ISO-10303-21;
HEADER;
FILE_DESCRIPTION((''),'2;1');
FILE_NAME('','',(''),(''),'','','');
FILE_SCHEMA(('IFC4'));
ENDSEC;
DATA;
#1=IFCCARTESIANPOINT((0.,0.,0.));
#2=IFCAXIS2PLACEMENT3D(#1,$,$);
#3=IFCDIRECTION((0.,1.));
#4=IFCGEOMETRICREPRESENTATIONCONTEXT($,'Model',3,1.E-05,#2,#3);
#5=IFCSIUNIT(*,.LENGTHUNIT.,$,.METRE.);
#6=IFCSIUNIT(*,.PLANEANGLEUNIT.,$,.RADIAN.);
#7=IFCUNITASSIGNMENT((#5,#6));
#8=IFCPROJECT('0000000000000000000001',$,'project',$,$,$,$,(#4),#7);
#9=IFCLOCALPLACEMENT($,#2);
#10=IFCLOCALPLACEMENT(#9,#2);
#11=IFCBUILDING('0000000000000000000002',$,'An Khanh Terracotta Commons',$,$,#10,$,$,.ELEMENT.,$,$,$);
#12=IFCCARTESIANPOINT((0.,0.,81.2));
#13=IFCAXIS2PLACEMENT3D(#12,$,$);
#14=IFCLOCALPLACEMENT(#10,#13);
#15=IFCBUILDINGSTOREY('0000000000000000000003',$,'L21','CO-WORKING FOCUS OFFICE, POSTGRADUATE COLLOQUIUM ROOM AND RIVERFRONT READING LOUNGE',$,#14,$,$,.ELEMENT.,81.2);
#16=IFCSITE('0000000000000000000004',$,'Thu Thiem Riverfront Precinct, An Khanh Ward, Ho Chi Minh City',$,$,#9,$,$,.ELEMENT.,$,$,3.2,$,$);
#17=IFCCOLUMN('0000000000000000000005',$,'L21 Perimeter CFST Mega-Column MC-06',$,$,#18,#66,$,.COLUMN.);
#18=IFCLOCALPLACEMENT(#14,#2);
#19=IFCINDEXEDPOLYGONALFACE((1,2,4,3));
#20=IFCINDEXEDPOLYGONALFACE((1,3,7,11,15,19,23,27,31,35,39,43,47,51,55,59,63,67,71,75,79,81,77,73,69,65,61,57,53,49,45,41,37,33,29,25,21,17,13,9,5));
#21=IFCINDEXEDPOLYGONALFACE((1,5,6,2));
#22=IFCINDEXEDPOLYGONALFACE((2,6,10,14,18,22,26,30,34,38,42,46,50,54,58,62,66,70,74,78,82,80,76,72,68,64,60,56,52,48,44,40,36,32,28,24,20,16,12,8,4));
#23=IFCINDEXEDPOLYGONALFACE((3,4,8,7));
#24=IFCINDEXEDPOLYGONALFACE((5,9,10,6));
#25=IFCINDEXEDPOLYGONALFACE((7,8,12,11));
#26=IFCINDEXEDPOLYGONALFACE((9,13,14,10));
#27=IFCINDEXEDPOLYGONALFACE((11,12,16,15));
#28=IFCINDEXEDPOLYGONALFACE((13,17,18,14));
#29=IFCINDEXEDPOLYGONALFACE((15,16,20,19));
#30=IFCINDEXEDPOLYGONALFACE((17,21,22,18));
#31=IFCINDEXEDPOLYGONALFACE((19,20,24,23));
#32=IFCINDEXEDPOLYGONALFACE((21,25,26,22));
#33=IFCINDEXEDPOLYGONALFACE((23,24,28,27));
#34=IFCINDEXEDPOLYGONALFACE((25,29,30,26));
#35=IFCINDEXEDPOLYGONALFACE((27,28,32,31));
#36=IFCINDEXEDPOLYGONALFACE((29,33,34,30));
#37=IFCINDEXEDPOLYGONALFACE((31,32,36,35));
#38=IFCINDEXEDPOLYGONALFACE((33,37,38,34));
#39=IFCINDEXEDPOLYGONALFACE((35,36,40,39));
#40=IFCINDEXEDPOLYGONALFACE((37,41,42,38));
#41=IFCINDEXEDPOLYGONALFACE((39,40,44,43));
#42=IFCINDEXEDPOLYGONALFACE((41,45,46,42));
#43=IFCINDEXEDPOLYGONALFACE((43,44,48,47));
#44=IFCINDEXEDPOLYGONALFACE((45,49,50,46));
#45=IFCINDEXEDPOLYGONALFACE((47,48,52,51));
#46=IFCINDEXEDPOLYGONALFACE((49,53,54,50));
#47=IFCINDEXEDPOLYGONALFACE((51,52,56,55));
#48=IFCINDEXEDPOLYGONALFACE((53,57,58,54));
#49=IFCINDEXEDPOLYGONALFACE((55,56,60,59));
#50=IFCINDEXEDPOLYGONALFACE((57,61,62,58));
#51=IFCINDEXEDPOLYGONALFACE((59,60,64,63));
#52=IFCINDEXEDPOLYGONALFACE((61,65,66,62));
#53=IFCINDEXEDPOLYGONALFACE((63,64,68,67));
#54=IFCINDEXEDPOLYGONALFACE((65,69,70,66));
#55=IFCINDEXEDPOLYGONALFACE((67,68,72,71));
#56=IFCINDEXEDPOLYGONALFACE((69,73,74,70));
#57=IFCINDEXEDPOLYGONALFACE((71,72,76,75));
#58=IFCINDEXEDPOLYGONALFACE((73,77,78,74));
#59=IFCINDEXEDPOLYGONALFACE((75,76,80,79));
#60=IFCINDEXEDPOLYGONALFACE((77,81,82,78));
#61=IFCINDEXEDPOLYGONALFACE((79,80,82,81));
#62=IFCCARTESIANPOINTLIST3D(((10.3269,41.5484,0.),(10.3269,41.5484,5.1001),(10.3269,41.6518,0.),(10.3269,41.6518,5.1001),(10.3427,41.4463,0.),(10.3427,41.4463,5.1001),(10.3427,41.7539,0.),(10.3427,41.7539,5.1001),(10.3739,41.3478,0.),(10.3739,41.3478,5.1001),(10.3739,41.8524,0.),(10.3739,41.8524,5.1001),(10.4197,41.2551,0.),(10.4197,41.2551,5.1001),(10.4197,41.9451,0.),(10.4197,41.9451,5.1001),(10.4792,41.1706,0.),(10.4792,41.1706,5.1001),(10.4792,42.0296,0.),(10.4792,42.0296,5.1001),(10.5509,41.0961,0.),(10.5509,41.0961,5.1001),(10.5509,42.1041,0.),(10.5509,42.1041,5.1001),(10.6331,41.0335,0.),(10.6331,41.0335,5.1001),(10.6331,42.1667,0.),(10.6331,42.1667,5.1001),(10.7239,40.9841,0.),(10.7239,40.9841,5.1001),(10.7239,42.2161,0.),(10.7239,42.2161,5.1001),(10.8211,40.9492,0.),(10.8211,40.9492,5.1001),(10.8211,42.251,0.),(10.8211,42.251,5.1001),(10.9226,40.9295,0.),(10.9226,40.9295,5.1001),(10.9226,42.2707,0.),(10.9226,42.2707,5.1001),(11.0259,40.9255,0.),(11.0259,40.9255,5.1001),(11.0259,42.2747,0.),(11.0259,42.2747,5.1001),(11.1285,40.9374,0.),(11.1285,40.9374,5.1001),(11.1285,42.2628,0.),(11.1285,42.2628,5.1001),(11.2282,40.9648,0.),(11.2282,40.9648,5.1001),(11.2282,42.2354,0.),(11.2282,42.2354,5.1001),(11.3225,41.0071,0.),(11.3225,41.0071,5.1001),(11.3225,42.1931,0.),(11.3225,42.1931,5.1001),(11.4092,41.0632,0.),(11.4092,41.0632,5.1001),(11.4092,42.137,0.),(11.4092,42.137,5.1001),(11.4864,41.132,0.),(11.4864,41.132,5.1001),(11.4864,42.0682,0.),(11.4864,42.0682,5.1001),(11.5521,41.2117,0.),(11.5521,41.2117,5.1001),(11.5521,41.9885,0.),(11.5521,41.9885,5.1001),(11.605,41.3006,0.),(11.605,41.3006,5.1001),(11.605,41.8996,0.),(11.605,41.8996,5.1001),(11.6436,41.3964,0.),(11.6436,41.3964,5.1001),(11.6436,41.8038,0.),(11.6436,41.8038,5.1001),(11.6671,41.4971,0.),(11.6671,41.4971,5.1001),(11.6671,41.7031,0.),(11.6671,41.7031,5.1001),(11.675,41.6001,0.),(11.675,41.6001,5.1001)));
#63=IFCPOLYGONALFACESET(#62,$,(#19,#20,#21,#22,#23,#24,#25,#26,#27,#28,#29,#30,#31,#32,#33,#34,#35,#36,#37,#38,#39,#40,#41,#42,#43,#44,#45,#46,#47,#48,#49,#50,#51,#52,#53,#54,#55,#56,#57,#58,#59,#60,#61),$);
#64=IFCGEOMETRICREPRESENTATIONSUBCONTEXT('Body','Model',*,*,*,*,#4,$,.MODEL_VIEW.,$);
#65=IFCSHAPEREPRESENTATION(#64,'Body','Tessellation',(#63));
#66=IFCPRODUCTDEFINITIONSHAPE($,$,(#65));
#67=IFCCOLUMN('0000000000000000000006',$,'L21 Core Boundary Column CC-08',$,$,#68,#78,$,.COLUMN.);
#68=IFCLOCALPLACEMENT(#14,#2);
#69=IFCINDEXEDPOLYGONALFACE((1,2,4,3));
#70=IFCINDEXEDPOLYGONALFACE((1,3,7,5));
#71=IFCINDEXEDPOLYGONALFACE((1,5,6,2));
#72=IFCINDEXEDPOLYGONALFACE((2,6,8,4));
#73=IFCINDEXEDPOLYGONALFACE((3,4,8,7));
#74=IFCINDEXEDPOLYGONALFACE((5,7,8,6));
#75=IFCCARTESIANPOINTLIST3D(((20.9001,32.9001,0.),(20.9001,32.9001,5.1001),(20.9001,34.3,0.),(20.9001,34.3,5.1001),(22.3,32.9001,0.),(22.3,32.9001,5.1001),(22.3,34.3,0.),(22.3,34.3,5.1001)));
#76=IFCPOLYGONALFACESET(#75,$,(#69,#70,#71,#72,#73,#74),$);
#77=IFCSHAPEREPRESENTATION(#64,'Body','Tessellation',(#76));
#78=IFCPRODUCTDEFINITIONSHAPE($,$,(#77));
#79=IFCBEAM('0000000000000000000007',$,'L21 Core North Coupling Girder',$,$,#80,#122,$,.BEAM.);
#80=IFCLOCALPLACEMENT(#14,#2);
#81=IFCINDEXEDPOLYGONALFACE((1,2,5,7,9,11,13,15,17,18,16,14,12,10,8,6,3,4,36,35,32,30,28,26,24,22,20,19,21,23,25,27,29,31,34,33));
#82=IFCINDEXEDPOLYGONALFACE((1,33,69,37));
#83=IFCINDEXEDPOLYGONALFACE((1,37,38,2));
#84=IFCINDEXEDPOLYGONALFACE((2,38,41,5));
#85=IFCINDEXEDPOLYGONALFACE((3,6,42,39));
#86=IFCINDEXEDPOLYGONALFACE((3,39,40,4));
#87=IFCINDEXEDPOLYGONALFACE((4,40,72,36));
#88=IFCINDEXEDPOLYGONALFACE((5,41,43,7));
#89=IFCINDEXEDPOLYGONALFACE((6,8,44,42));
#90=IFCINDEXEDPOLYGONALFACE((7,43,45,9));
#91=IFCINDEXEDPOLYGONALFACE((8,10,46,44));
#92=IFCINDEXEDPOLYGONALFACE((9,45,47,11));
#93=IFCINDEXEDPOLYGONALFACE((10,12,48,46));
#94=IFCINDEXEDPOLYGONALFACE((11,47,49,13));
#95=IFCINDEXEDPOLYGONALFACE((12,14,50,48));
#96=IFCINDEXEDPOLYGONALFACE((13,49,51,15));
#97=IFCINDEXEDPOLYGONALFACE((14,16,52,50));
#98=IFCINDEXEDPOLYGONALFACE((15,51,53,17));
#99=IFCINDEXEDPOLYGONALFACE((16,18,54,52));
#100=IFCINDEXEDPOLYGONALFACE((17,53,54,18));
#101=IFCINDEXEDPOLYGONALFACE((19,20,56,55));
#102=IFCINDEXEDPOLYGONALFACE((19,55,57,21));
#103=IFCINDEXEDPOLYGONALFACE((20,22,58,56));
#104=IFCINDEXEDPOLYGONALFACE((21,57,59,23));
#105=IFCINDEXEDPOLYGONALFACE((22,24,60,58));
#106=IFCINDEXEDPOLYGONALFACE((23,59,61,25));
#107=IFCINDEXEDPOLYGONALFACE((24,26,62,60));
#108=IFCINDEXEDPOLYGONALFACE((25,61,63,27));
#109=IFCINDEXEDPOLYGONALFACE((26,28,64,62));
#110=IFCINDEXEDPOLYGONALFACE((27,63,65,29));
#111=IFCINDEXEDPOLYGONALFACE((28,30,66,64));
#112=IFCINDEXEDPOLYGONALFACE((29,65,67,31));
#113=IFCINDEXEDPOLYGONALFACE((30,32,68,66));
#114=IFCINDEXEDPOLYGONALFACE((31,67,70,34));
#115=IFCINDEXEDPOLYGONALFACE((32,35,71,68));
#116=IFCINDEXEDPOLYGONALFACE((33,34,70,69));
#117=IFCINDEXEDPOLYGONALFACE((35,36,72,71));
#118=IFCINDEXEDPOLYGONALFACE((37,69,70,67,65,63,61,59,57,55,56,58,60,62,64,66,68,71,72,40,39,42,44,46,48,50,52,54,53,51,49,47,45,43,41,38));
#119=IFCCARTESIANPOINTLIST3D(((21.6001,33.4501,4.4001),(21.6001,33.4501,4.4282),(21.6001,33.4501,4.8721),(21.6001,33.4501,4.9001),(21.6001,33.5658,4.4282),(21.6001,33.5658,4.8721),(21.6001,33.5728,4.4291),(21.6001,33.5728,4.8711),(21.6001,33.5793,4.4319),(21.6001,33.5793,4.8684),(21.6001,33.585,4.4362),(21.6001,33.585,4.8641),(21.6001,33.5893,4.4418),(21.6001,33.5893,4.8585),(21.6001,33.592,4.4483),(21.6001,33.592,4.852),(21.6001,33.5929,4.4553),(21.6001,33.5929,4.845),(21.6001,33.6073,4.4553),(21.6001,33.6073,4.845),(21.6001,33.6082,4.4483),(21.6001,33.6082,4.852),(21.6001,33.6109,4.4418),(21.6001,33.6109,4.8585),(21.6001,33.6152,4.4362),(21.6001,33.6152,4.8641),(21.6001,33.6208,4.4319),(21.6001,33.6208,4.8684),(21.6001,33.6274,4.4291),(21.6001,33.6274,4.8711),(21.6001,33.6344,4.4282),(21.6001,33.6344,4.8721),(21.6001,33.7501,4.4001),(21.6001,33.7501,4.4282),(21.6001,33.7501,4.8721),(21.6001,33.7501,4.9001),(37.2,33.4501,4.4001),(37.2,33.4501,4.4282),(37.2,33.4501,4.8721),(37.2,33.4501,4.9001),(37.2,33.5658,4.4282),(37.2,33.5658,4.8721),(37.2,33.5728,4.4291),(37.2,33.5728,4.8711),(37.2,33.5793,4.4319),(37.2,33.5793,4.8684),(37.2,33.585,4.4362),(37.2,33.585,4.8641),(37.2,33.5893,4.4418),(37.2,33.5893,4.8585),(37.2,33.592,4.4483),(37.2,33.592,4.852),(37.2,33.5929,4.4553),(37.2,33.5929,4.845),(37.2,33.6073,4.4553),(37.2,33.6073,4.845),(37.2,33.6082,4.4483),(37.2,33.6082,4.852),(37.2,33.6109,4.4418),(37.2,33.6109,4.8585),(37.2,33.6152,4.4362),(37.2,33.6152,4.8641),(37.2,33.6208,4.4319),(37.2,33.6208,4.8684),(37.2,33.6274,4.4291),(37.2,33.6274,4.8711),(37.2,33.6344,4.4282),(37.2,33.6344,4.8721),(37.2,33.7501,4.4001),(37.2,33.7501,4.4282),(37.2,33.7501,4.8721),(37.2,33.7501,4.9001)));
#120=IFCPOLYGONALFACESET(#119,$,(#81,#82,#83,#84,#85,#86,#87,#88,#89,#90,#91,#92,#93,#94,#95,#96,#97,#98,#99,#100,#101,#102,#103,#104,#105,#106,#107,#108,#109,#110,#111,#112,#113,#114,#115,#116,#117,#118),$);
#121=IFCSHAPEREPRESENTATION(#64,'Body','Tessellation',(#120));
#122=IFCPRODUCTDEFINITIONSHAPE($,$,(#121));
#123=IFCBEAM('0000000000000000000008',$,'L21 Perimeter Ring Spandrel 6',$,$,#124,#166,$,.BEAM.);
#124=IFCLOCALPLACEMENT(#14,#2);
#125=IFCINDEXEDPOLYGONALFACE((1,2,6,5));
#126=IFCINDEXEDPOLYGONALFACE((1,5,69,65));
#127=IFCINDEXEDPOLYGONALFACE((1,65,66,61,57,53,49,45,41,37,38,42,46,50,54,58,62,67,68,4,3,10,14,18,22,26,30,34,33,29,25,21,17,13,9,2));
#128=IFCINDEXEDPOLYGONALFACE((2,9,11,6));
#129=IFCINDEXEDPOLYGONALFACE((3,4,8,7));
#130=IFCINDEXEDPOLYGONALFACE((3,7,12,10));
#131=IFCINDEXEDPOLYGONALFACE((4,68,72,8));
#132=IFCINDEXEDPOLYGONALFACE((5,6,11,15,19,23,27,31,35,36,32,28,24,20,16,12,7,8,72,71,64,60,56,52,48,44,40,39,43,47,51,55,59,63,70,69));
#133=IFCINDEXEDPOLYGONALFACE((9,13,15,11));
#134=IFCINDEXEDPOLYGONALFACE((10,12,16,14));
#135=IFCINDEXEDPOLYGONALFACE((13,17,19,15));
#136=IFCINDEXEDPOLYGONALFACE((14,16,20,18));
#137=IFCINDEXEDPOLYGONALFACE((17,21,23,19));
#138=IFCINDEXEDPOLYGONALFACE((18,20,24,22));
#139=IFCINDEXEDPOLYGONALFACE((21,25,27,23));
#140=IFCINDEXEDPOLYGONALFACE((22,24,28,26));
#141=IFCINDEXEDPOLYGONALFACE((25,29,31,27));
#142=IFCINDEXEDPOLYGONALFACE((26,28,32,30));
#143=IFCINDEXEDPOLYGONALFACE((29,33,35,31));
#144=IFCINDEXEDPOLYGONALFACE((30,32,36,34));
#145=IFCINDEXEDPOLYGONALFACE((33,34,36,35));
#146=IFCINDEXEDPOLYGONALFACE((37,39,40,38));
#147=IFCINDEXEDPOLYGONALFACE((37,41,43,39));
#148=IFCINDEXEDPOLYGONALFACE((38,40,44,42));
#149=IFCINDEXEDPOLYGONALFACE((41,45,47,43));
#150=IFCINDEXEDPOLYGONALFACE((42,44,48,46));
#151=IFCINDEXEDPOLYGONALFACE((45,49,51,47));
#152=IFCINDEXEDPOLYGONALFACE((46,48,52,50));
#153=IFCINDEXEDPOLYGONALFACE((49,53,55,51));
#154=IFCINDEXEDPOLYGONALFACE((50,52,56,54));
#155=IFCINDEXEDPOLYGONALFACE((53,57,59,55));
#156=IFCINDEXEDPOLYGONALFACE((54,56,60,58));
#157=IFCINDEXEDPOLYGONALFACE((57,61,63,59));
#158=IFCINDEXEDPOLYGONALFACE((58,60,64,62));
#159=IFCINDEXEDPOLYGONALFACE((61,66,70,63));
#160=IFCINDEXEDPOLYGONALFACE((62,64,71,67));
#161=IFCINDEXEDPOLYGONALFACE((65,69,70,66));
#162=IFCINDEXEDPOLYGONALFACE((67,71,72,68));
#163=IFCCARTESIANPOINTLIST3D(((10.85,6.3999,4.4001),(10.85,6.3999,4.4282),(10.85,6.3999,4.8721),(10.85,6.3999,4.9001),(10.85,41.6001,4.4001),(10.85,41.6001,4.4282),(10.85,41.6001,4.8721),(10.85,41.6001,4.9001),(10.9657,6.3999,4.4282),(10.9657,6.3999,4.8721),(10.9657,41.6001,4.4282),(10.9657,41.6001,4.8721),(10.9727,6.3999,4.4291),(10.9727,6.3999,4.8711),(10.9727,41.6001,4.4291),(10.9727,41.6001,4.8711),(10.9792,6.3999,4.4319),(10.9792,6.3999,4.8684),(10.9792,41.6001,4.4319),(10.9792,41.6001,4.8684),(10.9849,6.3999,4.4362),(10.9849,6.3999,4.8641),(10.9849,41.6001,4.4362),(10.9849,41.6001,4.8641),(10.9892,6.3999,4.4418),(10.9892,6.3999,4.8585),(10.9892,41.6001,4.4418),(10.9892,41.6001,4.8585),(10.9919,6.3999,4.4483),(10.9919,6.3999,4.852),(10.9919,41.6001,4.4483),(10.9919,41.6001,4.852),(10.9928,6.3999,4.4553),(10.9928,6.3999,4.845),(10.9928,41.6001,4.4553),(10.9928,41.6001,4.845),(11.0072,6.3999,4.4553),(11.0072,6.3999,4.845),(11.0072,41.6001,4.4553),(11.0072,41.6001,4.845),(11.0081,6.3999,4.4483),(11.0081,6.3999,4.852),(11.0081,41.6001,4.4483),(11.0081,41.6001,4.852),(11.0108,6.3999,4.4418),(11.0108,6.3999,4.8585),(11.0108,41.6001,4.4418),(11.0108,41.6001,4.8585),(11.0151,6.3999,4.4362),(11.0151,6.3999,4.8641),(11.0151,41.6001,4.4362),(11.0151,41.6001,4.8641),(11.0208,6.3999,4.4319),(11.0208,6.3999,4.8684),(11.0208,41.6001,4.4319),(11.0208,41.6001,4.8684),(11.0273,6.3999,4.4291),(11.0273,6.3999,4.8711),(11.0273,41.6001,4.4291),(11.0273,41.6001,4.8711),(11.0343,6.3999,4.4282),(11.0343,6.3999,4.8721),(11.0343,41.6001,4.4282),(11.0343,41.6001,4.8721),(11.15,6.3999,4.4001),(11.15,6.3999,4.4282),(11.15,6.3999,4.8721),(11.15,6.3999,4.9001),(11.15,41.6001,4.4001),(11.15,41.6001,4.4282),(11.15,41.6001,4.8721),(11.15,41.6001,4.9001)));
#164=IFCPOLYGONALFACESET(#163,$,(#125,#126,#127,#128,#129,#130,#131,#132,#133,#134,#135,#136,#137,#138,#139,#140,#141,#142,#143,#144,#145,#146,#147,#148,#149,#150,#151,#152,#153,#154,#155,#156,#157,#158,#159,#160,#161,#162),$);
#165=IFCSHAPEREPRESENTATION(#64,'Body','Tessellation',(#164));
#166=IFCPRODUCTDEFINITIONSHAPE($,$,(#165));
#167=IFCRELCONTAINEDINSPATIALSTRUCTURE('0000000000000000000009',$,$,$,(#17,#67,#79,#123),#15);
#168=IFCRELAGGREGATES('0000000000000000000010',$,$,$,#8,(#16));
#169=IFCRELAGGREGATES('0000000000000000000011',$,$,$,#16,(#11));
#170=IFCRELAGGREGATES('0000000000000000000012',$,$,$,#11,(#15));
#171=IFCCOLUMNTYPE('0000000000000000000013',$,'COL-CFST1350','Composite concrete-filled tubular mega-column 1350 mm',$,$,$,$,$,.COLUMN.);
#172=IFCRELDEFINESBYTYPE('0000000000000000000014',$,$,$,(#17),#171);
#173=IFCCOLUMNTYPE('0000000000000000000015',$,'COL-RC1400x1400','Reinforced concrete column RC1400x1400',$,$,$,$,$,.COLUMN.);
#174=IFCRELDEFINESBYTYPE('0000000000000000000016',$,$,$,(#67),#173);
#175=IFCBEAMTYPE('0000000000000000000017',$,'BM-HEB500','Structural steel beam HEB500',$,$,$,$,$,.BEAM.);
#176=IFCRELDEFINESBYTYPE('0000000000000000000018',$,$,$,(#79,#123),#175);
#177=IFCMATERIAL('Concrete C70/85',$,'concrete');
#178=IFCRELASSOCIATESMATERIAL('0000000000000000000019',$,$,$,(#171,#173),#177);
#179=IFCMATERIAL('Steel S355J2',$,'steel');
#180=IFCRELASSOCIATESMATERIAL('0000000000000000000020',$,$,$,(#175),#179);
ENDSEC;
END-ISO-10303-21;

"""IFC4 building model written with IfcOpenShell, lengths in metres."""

from ifc_helpers import new_model, si_unit, direction, frame, origin, origin_2d, place, context, subcontext, project, spatial, rectangle, circle, i_section, extrude, material, material_profile, profile_set, type_object, element, save


model = new_model("IFC4")

# Units and contexts
model_context = context("Model", 3, precision=1e-05, world=origin(), true_north=direction((0.0, 1.0)))
body_context = subcontext(model_context, "Body", "Model", "MODEL_VIEW")
ifc_project = project(units=[si_unit("LENGTHUNIT", "METRE"), si_unit("PLANEANGLEUNIT", "RADIAN")], contexts=[model_context])

# Site, building, storey
site_placement = place(None, origin())
site = spatial("IfcSite", under=ifc_project, at=site_placement, Name="Thu Thiem Riverfront Precinct, An Khanh Ward, Ho Chi Minh City", CompositionType="ELEMENT", RefElevation=3.2)
building_placement = place(site_placement, origin())
building = spatial("IfcBuilding", under=site, at=building_placement, Name="An Khanh Terracotta Commons", CompositionType="ELEMENT")
storey_placement = place(building_placement, frame((0.0, 0.0, 81.2)))
storey = spatial("IfcBuildingStorey", under=building, at=storey_placement, Name="L21", Description="CO-WORKING FOCUS OFFICE, POSTGRADUATE COLLOQUIUM ROOM AND RIVERFRONT READING LOUNGE", CompositionType="ELEMENT", Elevation=81.2)

# Columns
ifc_material_1 = material(Name="Concrete C70/85", Category="concrete")
ifc_material_profile_1 = material_profile(ifc_material_1, circle(Radius=0.675, at=origin_2d()), Name="CFST1350")
ifc_profile_set_1 = profile_set([ifc_material_profile_1], Name="Concrete C70/85")
column_type_1 = type_object("IfcColumnType", Name="COL-CFST1350", Description="Composite concrete-filled tubular mega-column 1350 mm", PredefinedType="COLUMN", material=ifc_profile_set_1)
column_1_placement = place(storey_placement, frame((11.0, 41.6001, 0.0), z_axis=(0.0, 0.0, 1.0), x_axis=(1.0, 0.0, 0.0)))
element("IfcColumn", 1, at=column_1_placement, inside=storey, type_object=column_type_1, Name="L21 Perimeter CFST Mega-Column MC-06", PredefinedType="COLUMN", context=body_context, shape_type="SweptSolid", body=[
    extrude(circle(Radius=0.675, at=origin_2d()), origin(), (0.0, 0.0, 1.0), 5.1001),
])
ifc_material_profile_2 = material_profile(ifc_material_1, rectangle(XDim=1.3999, YDim=1.3999, at=origin_2d()), Name="RC1400x1400")
ifc_profile_set_2 = profile_set([ifc_material_profile_2], Name="Concrete C70/85")
column_type_2 = type_object("IfcColumnType", Name="COL-RC1400x1400", Description="Reinforced concrete column RC1400x1400", PredefinedType="COLUMN", material=ifc_profile_set_2)
column_2_placement = place(storey_placement, frame((21.6001, 33.6001, 0.0), z_axis=(0.0, 0.0, 1.0), x_axis=(1.0, 0.0, 0.0)))
element("IfcColumn", 2, at=column_2_placement, inside=storey, type_object=column_type_2, Name="L21 Core Boundary Column CC-08", PredefinedType="COLUMN", context=body_context, shape_type="SweptSolid", body=[
    extrude(rectangle(XDim=1.3999, YDim=1.3999, at=origin_2d()), origin(), (0.0, 0.0, 1.0), 5.1001),
])

# Beams
ifc_material_2 = material(Name="Steel S355J2", Category="steel")
ifc_material_profile_3 = material_profile(ifc_material_2, i_section(OverallWidth=0.3, OverallDepth=0.5, WebThickness=0.0144, FlangeThickness=0.0281, FilletRadius=0.0271, at=origin_2d()), Name="HEB500")
ifc_profile_set_3 = profile_set([ifc_material_profile_3], Name="Steel S355J2")
beam_type = type_object("IfcBeamType", Name="BM-HEB500", Description="Structural steel beam HEB500", PredefinedType="BEAM", material=ifc_profile_set_3)
beam_1_placement = place(storey_placement, frame((21.6001, 33.6001, 4.6501), z_axis=(1.0, 0.0, 0.0), x_axis=(0.0, 1.0, 0.0)))
element("IfcBeam", 3, at=beam_1_placement, inside=storey, type_object=beam_type, Name="L21 Core North Coupling Girder", PredefinedType="BEAM", context=body_context, shape_type="SweptSolid", body=[
    extrude(i_section(OverallWidth=0.3, OverallDepth=0.5, WebThickness=0.0144, FlangeThickness=0.0281, FilletRadius=0.0271, at=origin_2d()), origin(), (0.0, 0.0, 1.0), 15.5999),
])
beam_2_placement = place(storey_placement, frame((11.0, 41.6001, 4.6501), z_axis=(0.0, -1.0, 0.0), x_axis=(1.0, 0.0, 0.0)))
element("IfcBeam", 4, at=beam_2_placement, inside=storey, type_object=beam_type, Name="L21 Perimeter Ring Spandrel 6", PredefinedType="BEAM", context=body_context, shape_type="SweptSolid", body=[
    extrude(i_section(OverallWidth=0.3, OverallDepth=0.5, WebThickness=0.0144, FlangeThickness=0.0281, FilletRadius=0.0271, at=origin_2d()), origin(), (0.0, 0.0, 1.0), 35.2002),
])

save(model, "model.ifc")
